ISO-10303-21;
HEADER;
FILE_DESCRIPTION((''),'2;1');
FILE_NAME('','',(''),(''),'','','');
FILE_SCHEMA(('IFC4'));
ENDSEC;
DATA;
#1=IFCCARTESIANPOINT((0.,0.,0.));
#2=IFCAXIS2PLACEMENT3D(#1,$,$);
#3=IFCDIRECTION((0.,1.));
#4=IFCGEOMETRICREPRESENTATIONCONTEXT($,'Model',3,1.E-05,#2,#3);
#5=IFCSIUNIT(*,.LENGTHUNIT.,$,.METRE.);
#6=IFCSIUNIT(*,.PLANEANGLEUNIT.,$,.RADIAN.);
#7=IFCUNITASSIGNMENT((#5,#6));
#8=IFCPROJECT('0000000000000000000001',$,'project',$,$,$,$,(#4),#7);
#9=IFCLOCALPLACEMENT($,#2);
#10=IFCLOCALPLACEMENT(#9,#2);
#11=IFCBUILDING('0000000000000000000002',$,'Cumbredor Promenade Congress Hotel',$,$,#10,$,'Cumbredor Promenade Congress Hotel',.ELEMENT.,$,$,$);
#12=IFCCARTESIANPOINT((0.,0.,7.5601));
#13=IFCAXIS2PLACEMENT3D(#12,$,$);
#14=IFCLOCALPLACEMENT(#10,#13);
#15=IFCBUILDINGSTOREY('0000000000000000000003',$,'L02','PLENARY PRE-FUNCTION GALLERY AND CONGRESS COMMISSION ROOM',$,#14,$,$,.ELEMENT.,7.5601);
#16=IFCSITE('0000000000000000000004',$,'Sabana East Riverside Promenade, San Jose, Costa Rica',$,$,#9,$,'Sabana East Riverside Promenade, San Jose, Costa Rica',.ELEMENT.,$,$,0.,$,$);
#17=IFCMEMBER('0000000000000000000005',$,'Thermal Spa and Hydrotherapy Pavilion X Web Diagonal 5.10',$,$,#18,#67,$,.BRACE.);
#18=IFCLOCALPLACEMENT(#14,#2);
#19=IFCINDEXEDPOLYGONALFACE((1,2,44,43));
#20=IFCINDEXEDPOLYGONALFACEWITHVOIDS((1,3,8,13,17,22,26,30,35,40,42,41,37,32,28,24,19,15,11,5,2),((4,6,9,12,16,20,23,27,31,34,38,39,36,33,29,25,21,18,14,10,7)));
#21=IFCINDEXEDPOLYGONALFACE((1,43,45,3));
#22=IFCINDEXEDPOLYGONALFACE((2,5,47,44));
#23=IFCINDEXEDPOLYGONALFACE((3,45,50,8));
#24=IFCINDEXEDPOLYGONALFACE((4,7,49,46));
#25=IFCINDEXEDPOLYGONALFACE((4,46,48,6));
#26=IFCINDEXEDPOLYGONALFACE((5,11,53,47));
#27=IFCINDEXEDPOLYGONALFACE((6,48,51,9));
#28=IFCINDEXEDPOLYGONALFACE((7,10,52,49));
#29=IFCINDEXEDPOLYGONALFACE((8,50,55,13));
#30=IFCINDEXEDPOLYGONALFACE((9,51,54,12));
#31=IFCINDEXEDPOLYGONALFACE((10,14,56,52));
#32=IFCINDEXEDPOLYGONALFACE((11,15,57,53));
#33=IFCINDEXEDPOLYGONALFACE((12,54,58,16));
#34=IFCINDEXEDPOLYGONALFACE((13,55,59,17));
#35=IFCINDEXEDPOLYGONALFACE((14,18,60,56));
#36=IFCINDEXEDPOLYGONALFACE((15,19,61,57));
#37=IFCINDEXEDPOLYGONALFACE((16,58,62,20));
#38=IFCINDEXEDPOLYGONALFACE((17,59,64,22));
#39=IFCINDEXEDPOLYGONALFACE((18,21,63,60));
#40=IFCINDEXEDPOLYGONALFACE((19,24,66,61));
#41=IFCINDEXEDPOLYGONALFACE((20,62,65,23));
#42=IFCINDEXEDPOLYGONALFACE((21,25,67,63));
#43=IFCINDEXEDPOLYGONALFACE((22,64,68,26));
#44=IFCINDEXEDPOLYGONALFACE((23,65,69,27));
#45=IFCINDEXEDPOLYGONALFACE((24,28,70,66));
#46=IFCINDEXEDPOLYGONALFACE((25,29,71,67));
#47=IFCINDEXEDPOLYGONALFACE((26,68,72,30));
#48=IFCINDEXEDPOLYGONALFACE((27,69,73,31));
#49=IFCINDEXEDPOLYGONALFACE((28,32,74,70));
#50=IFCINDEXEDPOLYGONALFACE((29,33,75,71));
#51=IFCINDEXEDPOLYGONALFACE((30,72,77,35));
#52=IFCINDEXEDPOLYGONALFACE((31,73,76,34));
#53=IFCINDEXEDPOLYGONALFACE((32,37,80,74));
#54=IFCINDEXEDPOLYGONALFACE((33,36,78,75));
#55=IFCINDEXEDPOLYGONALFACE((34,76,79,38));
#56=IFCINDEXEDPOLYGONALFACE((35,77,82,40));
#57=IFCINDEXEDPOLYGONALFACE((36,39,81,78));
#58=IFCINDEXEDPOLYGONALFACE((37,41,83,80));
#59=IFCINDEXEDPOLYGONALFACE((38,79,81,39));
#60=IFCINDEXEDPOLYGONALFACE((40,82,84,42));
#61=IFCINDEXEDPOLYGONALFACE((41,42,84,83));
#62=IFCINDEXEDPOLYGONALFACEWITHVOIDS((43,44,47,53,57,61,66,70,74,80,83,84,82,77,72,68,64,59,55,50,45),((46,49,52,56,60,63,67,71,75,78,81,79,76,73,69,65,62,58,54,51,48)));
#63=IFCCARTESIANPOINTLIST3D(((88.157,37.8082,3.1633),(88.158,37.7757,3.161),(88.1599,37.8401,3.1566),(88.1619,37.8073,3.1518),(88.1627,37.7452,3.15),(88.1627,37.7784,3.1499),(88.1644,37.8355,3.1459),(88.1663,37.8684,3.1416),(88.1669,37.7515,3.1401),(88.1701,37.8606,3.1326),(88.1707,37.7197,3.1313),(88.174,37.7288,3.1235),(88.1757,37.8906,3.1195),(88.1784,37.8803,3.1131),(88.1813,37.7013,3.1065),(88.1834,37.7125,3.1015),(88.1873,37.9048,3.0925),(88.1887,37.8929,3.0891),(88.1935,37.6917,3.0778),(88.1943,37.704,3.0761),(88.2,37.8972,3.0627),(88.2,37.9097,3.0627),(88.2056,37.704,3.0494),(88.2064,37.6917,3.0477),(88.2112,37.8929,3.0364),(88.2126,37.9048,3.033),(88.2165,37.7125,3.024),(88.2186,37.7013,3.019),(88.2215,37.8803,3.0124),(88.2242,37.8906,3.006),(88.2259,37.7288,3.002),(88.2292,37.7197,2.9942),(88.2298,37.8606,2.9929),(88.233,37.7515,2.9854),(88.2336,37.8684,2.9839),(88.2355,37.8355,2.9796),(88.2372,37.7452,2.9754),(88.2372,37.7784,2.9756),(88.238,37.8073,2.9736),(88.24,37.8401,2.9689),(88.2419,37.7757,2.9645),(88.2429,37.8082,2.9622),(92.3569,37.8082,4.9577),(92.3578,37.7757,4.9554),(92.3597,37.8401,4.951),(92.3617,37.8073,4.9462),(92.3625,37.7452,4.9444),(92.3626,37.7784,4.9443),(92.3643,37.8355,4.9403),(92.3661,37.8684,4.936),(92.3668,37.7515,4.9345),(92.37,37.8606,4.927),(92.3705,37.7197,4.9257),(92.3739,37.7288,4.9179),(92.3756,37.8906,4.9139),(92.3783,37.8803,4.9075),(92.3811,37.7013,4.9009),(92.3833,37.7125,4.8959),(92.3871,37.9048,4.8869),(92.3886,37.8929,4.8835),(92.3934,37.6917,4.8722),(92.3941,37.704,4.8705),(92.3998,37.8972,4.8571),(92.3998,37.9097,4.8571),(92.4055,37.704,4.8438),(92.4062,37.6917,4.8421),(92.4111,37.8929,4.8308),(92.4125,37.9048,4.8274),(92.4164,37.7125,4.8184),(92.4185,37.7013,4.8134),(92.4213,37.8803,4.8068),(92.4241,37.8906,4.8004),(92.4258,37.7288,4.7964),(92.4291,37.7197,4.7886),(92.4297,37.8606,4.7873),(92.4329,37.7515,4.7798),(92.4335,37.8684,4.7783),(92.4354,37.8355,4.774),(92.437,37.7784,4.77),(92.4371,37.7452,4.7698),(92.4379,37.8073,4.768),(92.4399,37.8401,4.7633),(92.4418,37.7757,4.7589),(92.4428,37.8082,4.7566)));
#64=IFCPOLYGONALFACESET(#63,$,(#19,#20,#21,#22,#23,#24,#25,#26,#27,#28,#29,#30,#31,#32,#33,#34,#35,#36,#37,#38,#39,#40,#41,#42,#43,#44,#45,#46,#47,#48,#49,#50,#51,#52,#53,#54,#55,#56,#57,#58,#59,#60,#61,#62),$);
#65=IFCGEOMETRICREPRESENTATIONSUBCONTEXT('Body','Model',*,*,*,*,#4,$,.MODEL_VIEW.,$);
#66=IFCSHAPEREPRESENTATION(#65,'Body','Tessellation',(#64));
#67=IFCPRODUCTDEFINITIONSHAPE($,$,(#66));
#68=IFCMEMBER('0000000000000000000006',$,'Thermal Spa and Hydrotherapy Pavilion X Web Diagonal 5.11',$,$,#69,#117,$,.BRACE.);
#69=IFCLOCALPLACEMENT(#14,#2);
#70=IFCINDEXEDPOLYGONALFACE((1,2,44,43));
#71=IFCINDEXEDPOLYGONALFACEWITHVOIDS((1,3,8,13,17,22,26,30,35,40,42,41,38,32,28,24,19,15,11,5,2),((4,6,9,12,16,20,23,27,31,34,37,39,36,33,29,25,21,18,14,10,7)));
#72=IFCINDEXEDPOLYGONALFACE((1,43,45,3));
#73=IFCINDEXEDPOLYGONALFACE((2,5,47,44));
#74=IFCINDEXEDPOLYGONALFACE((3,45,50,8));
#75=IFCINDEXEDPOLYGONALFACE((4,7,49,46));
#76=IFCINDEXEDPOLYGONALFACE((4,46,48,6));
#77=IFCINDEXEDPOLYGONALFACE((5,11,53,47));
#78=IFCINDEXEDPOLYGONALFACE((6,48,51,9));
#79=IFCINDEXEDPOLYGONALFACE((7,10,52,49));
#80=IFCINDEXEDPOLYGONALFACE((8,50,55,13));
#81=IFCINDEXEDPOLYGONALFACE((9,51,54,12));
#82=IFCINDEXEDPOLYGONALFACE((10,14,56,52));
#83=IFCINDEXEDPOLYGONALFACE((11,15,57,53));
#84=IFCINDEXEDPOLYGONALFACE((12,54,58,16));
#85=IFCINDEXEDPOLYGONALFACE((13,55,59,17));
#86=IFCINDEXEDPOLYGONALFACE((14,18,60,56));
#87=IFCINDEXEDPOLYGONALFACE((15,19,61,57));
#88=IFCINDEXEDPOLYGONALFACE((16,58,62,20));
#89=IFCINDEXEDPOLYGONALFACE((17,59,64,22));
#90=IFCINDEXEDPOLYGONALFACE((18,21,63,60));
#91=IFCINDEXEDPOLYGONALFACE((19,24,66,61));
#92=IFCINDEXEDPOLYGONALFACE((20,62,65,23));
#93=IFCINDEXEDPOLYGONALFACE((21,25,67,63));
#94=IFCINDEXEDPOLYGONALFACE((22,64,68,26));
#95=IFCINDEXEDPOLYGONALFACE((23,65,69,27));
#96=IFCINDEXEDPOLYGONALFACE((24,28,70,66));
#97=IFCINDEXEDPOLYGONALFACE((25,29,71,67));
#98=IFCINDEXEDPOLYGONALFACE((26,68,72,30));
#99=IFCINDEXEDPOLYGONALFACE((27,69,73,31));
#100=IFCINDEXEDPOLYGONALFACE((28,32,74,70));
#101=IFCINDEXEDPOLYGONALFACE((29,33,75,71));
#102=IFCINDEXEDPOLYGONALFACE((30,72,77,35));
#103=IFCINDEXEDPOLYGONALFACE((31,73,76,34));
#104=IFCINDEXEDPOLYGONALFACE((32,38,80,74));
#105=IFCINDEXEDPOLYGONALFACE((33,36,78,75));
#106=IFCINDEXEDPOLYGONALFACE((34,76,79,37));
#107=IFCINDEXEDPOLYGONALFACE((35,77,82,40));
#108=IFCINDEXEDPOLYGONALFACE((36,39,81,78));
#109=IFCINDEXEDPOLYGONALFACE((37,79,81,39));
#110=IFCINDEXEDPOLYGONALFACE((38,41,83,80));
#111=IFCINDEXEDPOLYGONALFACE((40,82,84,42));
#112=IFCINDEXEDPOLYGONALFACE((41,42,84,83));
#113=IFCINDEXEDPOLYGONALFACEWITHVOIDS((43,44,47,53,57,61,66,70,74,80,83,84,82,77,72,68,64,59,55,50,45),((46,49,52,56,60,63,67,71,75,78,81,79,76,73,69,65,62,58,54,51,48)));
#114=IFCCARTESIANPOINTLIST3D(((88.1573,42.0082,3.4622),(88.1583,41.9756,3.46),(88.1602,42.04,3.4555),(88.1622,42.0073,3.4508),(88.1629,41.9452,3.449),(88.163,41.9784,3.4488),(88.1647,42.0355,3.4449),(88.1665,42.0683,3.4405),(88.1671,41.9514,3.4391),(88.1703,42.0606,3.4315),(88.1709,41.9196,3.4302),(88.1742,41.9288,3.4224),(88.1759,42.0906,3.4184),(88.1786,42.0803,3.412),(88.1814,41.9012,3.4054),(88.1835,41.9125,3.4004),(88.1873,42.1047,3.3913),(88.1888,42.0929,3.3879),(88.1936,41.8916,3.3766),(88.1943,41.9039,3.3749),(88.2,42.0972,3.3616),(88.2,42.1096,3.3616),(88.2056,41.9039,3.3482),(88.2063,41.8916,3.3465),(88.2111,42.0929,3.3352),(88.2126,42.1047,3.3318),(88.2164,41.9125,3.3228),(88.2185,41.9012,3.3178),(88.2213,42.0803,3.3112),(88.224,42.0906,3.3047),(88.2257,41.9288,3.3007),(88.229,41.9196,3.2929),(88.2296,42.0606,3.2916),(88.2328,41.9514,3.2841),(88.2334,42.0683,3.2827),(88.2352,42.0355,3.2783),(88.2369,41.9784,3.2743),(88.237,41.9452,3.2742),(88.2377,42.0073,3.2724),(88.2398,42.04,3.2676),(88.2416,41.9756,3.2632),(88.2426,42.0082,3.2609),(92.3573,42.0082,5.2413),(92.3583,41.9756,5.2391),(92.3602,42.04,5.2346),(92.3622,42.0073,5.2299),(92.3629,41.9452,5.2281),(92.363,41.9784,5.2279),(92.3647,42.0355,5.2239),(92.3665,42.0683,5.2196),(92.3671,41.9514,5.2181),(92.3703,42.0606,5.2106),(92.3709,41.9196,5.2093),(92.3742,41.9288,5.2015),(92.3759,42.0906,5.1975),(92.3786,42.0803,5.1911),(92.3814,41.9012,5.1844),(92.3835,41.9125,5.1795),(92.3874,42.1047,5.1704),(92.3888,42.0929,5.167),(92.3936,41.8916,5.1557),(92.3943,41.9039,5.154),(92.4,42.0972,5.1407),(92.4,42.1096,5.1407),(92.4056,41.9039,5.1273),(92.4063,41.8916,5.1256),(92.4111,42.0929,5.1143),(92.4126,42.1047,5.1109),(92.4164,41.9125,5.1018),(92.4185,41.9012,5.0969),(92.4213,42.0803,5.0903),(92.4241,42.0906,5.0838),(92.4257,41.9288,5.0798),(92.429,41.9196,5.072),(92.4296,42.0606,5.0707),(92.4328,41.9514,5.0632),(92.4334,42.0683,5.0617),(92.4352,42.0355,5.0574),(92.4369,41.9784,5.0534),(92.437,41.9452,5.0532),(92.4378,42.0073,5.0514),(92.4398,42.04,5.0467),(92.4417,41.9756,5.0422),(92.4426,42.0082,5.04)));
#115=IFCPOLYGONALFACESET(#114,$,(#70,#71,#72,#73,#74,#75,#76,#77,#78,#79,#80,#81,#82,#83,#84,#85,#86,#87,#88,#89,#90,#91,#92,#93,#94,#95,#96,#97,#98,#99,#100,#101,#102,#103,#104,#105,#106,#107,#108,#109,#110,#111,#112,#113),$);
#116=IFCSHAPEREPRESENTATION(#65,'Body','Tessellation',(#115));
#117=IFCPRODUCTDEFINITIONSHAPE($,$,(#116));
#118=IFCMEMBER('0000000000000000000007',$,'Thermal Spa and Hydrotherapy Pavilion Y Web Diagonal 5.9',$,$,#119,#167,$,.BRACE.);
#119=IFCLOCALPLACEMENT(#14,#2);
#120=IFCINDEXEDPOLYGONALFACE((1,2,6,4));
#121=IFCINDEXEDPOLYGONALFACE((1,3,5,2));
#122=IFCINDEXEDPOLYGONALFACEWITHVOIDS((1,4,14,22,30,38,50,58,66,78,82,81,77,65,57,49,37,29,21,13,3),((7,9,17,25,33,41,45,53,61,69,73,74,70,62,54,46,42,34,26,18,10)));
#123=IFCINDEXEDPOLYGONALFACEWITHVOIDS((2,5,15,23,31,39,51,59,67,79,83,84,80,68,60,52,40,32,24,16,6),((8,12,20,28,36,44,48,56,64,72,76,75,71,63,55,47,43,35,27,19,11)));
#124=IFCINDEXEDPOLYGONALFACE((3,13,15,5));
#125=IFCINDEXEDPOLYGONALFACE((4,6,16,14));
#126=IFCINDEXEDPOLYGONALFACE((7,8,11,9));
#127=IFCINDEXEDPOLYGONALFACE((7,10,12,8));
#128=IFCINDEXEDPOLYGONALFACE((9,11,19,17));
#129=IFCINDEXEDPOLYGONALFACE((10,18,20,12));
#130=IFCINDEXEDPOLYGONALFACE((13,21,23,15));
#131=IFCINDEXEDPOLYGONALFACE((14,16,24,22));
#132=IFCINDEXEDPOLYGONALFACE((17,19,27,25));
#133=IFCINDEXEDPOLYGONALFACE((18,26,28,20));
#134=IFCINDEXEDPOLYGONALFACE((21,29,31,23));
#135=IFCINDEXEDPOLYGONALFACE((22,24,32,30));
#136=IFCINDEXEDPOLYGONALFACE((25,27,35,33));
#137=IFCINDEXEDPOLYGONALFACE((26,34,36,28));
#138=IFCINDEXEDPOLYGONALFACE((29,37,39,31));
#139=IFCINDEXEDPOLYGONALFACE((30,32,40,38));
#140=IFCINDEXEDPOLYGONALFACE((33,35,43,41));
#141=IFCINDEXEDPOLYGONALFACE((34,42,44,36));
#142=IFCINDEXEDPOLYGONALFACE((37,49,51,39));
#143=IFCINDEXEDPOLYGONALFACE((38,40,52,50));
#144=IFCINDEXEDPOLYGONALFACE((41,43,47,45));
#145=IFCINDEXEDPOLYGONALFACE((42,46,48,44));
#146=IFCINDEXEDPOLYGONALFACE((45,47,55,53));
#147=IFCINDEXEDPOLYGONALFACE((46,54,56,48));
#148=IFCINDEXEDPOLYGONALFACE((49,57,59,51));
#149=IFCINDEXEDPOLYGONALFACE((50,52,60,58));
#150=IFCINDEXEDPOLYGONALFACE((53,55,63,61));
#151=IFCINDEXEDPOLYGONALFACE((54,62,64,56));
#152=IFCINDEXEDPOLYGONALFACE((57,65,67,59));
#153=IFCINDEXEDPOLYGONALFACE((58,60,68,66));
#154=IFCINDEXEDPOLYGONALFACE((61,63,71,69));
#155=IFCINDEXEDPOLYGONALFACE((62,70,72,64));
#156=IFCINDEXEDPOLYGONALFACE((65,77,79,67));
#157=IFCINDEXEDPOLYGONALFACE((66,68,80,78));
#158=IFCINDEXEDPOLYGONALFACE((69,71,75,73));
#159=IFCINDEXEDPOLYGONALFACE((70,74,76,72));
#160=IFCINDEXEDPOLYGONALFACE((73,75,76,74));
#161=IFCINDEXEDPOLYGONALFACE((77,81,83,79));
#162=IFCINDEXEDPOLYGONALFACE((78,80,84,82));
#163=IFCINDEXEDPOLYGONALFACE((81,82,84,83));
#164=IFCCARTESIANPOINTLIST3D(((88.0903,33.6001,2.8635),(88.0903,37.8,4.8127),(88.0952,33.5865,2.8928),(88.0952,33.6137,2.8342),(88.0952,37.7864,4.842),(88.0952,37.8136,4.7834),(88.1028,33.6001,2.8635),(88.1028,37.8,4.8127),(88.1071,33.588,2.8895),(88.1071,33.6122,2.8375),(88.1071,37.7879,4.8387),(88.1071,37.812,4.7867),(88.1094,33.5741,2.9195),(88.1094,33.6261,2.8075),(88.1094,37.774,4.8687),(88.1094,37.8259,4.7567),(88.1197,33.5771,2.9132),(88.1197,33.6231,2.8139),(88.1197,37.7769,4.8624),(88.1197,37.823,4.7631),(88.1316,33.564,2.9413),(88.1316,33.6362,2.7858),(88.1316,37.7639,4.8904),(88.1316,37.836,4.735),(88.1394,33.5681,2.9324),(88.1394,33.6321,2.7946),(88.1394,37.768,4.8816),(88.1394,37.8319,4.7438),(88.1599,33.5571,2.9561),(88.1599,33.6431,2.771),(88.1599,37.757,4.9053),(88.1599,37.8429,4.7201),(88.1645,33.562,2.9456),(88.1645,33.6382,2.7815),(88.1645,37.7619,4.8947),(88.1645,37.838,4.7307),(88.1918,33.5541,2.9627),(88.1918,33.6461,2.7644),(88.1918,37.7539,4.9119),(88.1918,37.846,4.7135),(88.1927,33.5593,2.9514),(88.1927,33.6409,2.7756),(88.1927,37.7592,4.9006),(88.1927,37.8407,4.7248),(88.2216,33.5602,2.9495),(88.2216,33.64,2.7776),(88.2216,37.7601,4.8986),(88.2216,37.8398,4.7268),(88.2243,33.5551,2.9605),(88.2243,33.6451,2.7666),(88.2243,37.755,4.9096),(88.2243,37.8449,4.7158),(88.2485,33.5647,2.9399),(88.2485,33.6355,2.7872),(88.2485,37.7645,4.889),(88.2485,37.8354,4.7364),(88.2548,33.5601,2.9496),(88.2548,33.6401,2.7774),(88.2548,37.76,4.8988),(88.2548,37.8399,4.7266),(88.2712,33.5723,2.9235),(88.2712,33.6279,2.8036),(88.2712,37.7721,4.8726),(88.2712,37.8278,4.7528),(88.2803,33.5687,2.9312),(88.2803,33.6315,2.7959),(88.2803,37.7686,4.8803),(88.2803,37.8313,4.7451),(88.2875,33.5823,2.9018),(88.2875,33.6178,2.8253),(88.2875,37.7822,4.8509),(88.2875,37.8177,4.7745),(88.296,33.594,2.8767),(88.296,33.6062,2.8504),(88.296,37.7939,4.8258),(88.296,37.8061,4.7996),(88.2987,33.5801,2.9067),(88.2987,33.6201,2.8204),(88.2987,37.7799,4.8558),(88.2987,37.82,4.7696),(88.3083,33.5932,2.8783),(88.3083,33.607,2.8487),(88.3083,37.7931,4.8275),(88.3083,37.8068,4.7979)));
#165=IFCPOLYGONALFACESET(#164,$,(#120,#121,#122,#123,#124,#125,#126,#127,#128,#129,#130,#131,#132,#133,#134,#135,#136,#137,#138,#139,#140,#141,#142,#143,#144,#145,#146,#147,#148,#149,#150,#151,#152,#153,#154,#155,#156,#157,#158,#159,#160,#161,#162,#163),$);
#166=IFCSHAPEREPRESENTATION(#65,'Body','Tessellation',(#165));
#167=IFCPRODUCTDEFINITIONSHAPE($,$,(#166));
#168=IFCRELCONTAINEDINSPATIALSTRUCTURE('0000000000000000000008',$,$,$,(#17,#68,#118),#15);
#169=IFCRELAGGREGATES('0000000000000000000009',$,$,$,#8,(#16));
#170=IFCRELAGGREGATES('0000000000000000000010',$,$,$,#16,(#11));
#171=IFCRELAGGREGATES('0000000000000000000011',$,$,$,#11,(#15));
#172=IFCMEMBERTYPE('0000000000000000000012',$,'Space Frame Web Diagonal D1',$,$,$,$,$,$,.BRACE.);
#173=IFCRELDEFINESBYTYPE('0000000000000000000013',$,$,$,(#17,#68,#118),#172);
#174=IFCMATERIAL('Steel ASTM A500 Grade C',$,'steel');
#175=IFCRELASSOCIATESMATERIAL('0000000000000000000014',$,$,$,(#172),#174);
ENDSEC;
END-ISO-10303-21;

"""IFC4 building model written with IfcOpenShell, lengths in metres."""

from ifc_helpers import new_model, si_unit, direction, frame, origin, origin_2d, place, context, subcontext, project, spatial, hollow_circle, extrude, material, material_profile, profile_set, type_object, element, save


model = new_model("IFC4")

# Units and contexts
model_context = context("Model", 3, precision=1e-05, world=origin(), true_north=direction((0.0, 1.0)))
body_context = subcontext(model_context, "Body", "Model", "MODEL_VIEW")
ifc_project = project(units=[si_unit("LENGTHUNIT", "METRE"), si_unit("PLANEANGLEUNIT", "RADIAN")], contexts=[model_context])

# Site, building, storey
site_placement = place(None, origin())
site = spatial("IfcSite", under=ifc_project, at=site_placement, Name="Sabana East Riverside Promenade, San Jose, Costa Rica", LongName="Sabana East Riverside Promenade, San Jose, Costa Rica", CompositionType="ELEMENT", RefElevation=0.0)
building_placement = place(site_placement, origin())
building = spatial("IfcBuilding", under=site, at=building_placement, Name="Cumbredor Promenade Congress Hotel", LongName="Cumbredor Promenade Congress Hotel", CompositionType="ELEMENT")
storey_placement = place(building_placement, frame((0.0, 0.0, 7.5601)))
storey = spatial("IfcBuildingStorey", under=building, at=storey_placement, Name="L02", Description="PLENARY PRE-FUNCTION GALLERY AND CONGRESS COMMISSION ROOM", CompositionType="ELEMENT", Elevation=7.5601)

# Members
ifc_material_1 = material(Name="Steel ASTM A500 Grade C", Category="steel")
ifc_material_profile_1 = material_profile(ifc_material_1, hollow_circle(Radius=0.1096, WallThickness=0.0125, at=origin_2d()), Name="CHS 219.1x12.5")
ifc_profile_set_1 = profile_set([ifc_material_profile_1], Name="Steel ASTM A500 Grade C")
member_type_1 = type_object("IfcMemberType", Name="Space Frame Web Diagonal D1", PredefinedType="BRACE", material=ifc_profile_set_1)
member_1_placement = place(storey_placement, frame((88.2, 37.8, 3.0627), z_axis=(0.919584, 0.0, 0.392893), x_axis=(0.0, 1.0, 0.0)))
element("IfcMember", 1, at=member_1_placement, inside=storey, type_object=member_type_1, Name="Thermal Spa and Hydrotherapy Pavilion X Web Diagonal 5.10", PredefinedType="BRACE", context=body_context, shape_type="SweptSolid", body=[
    extrude(hollow_circle(Radius=0.1096, WallThickness=0.0125, at=origin_2d()), origin(), (0.0, 0.0, 1.0), 4.5671),
])
member_2_placement = place(storey_placement, frame((88.2, 42.0, 3.3616), z_axis=(0.920798, 0.0, 0.39004), x_axis=(0.0, 1.0, 0.0)))
element("IfcMember", 2, at=member_2_placement, inside=storey, type_object=member_type_1, Name="Thermal Spa and Hydrotherapy Pavilion X Web Diagonal 5.11", PredefinedType="BRACE", context=body_context, shape_type="SweptSolid", body=[
    extrude(hollow_circle(Radius=0.1096, WallThickness=0.0125, at=origin_2d()), origin(), (0.0, 0.0, 1.0), 4.5613),
])
member_3_placement = place(storey_placement, frame((88.2, 33.6001, 2.8635), z_axis=(0.0, 0.907072, 0.420977), x_axis=(-1.0, 0.0, 0.0)))
element("IfcMember", 3, at=member_3_placement, inside=storey, type_object=member_type_1, Name="Thermal Spa and Hydrotherapy Pavilion Y Web Diagonal 5.9", PredefinedType="BRACE", context=body_context, shape_type="SweptSolid", body=[
    extrude(hollow_circle(Radius=0.1096, WallThickness=0.0125, at=origin_2d()), origin(), (0.0, 0.0, 1.0), 4.6301),
])

save(model, "model.ifc")
